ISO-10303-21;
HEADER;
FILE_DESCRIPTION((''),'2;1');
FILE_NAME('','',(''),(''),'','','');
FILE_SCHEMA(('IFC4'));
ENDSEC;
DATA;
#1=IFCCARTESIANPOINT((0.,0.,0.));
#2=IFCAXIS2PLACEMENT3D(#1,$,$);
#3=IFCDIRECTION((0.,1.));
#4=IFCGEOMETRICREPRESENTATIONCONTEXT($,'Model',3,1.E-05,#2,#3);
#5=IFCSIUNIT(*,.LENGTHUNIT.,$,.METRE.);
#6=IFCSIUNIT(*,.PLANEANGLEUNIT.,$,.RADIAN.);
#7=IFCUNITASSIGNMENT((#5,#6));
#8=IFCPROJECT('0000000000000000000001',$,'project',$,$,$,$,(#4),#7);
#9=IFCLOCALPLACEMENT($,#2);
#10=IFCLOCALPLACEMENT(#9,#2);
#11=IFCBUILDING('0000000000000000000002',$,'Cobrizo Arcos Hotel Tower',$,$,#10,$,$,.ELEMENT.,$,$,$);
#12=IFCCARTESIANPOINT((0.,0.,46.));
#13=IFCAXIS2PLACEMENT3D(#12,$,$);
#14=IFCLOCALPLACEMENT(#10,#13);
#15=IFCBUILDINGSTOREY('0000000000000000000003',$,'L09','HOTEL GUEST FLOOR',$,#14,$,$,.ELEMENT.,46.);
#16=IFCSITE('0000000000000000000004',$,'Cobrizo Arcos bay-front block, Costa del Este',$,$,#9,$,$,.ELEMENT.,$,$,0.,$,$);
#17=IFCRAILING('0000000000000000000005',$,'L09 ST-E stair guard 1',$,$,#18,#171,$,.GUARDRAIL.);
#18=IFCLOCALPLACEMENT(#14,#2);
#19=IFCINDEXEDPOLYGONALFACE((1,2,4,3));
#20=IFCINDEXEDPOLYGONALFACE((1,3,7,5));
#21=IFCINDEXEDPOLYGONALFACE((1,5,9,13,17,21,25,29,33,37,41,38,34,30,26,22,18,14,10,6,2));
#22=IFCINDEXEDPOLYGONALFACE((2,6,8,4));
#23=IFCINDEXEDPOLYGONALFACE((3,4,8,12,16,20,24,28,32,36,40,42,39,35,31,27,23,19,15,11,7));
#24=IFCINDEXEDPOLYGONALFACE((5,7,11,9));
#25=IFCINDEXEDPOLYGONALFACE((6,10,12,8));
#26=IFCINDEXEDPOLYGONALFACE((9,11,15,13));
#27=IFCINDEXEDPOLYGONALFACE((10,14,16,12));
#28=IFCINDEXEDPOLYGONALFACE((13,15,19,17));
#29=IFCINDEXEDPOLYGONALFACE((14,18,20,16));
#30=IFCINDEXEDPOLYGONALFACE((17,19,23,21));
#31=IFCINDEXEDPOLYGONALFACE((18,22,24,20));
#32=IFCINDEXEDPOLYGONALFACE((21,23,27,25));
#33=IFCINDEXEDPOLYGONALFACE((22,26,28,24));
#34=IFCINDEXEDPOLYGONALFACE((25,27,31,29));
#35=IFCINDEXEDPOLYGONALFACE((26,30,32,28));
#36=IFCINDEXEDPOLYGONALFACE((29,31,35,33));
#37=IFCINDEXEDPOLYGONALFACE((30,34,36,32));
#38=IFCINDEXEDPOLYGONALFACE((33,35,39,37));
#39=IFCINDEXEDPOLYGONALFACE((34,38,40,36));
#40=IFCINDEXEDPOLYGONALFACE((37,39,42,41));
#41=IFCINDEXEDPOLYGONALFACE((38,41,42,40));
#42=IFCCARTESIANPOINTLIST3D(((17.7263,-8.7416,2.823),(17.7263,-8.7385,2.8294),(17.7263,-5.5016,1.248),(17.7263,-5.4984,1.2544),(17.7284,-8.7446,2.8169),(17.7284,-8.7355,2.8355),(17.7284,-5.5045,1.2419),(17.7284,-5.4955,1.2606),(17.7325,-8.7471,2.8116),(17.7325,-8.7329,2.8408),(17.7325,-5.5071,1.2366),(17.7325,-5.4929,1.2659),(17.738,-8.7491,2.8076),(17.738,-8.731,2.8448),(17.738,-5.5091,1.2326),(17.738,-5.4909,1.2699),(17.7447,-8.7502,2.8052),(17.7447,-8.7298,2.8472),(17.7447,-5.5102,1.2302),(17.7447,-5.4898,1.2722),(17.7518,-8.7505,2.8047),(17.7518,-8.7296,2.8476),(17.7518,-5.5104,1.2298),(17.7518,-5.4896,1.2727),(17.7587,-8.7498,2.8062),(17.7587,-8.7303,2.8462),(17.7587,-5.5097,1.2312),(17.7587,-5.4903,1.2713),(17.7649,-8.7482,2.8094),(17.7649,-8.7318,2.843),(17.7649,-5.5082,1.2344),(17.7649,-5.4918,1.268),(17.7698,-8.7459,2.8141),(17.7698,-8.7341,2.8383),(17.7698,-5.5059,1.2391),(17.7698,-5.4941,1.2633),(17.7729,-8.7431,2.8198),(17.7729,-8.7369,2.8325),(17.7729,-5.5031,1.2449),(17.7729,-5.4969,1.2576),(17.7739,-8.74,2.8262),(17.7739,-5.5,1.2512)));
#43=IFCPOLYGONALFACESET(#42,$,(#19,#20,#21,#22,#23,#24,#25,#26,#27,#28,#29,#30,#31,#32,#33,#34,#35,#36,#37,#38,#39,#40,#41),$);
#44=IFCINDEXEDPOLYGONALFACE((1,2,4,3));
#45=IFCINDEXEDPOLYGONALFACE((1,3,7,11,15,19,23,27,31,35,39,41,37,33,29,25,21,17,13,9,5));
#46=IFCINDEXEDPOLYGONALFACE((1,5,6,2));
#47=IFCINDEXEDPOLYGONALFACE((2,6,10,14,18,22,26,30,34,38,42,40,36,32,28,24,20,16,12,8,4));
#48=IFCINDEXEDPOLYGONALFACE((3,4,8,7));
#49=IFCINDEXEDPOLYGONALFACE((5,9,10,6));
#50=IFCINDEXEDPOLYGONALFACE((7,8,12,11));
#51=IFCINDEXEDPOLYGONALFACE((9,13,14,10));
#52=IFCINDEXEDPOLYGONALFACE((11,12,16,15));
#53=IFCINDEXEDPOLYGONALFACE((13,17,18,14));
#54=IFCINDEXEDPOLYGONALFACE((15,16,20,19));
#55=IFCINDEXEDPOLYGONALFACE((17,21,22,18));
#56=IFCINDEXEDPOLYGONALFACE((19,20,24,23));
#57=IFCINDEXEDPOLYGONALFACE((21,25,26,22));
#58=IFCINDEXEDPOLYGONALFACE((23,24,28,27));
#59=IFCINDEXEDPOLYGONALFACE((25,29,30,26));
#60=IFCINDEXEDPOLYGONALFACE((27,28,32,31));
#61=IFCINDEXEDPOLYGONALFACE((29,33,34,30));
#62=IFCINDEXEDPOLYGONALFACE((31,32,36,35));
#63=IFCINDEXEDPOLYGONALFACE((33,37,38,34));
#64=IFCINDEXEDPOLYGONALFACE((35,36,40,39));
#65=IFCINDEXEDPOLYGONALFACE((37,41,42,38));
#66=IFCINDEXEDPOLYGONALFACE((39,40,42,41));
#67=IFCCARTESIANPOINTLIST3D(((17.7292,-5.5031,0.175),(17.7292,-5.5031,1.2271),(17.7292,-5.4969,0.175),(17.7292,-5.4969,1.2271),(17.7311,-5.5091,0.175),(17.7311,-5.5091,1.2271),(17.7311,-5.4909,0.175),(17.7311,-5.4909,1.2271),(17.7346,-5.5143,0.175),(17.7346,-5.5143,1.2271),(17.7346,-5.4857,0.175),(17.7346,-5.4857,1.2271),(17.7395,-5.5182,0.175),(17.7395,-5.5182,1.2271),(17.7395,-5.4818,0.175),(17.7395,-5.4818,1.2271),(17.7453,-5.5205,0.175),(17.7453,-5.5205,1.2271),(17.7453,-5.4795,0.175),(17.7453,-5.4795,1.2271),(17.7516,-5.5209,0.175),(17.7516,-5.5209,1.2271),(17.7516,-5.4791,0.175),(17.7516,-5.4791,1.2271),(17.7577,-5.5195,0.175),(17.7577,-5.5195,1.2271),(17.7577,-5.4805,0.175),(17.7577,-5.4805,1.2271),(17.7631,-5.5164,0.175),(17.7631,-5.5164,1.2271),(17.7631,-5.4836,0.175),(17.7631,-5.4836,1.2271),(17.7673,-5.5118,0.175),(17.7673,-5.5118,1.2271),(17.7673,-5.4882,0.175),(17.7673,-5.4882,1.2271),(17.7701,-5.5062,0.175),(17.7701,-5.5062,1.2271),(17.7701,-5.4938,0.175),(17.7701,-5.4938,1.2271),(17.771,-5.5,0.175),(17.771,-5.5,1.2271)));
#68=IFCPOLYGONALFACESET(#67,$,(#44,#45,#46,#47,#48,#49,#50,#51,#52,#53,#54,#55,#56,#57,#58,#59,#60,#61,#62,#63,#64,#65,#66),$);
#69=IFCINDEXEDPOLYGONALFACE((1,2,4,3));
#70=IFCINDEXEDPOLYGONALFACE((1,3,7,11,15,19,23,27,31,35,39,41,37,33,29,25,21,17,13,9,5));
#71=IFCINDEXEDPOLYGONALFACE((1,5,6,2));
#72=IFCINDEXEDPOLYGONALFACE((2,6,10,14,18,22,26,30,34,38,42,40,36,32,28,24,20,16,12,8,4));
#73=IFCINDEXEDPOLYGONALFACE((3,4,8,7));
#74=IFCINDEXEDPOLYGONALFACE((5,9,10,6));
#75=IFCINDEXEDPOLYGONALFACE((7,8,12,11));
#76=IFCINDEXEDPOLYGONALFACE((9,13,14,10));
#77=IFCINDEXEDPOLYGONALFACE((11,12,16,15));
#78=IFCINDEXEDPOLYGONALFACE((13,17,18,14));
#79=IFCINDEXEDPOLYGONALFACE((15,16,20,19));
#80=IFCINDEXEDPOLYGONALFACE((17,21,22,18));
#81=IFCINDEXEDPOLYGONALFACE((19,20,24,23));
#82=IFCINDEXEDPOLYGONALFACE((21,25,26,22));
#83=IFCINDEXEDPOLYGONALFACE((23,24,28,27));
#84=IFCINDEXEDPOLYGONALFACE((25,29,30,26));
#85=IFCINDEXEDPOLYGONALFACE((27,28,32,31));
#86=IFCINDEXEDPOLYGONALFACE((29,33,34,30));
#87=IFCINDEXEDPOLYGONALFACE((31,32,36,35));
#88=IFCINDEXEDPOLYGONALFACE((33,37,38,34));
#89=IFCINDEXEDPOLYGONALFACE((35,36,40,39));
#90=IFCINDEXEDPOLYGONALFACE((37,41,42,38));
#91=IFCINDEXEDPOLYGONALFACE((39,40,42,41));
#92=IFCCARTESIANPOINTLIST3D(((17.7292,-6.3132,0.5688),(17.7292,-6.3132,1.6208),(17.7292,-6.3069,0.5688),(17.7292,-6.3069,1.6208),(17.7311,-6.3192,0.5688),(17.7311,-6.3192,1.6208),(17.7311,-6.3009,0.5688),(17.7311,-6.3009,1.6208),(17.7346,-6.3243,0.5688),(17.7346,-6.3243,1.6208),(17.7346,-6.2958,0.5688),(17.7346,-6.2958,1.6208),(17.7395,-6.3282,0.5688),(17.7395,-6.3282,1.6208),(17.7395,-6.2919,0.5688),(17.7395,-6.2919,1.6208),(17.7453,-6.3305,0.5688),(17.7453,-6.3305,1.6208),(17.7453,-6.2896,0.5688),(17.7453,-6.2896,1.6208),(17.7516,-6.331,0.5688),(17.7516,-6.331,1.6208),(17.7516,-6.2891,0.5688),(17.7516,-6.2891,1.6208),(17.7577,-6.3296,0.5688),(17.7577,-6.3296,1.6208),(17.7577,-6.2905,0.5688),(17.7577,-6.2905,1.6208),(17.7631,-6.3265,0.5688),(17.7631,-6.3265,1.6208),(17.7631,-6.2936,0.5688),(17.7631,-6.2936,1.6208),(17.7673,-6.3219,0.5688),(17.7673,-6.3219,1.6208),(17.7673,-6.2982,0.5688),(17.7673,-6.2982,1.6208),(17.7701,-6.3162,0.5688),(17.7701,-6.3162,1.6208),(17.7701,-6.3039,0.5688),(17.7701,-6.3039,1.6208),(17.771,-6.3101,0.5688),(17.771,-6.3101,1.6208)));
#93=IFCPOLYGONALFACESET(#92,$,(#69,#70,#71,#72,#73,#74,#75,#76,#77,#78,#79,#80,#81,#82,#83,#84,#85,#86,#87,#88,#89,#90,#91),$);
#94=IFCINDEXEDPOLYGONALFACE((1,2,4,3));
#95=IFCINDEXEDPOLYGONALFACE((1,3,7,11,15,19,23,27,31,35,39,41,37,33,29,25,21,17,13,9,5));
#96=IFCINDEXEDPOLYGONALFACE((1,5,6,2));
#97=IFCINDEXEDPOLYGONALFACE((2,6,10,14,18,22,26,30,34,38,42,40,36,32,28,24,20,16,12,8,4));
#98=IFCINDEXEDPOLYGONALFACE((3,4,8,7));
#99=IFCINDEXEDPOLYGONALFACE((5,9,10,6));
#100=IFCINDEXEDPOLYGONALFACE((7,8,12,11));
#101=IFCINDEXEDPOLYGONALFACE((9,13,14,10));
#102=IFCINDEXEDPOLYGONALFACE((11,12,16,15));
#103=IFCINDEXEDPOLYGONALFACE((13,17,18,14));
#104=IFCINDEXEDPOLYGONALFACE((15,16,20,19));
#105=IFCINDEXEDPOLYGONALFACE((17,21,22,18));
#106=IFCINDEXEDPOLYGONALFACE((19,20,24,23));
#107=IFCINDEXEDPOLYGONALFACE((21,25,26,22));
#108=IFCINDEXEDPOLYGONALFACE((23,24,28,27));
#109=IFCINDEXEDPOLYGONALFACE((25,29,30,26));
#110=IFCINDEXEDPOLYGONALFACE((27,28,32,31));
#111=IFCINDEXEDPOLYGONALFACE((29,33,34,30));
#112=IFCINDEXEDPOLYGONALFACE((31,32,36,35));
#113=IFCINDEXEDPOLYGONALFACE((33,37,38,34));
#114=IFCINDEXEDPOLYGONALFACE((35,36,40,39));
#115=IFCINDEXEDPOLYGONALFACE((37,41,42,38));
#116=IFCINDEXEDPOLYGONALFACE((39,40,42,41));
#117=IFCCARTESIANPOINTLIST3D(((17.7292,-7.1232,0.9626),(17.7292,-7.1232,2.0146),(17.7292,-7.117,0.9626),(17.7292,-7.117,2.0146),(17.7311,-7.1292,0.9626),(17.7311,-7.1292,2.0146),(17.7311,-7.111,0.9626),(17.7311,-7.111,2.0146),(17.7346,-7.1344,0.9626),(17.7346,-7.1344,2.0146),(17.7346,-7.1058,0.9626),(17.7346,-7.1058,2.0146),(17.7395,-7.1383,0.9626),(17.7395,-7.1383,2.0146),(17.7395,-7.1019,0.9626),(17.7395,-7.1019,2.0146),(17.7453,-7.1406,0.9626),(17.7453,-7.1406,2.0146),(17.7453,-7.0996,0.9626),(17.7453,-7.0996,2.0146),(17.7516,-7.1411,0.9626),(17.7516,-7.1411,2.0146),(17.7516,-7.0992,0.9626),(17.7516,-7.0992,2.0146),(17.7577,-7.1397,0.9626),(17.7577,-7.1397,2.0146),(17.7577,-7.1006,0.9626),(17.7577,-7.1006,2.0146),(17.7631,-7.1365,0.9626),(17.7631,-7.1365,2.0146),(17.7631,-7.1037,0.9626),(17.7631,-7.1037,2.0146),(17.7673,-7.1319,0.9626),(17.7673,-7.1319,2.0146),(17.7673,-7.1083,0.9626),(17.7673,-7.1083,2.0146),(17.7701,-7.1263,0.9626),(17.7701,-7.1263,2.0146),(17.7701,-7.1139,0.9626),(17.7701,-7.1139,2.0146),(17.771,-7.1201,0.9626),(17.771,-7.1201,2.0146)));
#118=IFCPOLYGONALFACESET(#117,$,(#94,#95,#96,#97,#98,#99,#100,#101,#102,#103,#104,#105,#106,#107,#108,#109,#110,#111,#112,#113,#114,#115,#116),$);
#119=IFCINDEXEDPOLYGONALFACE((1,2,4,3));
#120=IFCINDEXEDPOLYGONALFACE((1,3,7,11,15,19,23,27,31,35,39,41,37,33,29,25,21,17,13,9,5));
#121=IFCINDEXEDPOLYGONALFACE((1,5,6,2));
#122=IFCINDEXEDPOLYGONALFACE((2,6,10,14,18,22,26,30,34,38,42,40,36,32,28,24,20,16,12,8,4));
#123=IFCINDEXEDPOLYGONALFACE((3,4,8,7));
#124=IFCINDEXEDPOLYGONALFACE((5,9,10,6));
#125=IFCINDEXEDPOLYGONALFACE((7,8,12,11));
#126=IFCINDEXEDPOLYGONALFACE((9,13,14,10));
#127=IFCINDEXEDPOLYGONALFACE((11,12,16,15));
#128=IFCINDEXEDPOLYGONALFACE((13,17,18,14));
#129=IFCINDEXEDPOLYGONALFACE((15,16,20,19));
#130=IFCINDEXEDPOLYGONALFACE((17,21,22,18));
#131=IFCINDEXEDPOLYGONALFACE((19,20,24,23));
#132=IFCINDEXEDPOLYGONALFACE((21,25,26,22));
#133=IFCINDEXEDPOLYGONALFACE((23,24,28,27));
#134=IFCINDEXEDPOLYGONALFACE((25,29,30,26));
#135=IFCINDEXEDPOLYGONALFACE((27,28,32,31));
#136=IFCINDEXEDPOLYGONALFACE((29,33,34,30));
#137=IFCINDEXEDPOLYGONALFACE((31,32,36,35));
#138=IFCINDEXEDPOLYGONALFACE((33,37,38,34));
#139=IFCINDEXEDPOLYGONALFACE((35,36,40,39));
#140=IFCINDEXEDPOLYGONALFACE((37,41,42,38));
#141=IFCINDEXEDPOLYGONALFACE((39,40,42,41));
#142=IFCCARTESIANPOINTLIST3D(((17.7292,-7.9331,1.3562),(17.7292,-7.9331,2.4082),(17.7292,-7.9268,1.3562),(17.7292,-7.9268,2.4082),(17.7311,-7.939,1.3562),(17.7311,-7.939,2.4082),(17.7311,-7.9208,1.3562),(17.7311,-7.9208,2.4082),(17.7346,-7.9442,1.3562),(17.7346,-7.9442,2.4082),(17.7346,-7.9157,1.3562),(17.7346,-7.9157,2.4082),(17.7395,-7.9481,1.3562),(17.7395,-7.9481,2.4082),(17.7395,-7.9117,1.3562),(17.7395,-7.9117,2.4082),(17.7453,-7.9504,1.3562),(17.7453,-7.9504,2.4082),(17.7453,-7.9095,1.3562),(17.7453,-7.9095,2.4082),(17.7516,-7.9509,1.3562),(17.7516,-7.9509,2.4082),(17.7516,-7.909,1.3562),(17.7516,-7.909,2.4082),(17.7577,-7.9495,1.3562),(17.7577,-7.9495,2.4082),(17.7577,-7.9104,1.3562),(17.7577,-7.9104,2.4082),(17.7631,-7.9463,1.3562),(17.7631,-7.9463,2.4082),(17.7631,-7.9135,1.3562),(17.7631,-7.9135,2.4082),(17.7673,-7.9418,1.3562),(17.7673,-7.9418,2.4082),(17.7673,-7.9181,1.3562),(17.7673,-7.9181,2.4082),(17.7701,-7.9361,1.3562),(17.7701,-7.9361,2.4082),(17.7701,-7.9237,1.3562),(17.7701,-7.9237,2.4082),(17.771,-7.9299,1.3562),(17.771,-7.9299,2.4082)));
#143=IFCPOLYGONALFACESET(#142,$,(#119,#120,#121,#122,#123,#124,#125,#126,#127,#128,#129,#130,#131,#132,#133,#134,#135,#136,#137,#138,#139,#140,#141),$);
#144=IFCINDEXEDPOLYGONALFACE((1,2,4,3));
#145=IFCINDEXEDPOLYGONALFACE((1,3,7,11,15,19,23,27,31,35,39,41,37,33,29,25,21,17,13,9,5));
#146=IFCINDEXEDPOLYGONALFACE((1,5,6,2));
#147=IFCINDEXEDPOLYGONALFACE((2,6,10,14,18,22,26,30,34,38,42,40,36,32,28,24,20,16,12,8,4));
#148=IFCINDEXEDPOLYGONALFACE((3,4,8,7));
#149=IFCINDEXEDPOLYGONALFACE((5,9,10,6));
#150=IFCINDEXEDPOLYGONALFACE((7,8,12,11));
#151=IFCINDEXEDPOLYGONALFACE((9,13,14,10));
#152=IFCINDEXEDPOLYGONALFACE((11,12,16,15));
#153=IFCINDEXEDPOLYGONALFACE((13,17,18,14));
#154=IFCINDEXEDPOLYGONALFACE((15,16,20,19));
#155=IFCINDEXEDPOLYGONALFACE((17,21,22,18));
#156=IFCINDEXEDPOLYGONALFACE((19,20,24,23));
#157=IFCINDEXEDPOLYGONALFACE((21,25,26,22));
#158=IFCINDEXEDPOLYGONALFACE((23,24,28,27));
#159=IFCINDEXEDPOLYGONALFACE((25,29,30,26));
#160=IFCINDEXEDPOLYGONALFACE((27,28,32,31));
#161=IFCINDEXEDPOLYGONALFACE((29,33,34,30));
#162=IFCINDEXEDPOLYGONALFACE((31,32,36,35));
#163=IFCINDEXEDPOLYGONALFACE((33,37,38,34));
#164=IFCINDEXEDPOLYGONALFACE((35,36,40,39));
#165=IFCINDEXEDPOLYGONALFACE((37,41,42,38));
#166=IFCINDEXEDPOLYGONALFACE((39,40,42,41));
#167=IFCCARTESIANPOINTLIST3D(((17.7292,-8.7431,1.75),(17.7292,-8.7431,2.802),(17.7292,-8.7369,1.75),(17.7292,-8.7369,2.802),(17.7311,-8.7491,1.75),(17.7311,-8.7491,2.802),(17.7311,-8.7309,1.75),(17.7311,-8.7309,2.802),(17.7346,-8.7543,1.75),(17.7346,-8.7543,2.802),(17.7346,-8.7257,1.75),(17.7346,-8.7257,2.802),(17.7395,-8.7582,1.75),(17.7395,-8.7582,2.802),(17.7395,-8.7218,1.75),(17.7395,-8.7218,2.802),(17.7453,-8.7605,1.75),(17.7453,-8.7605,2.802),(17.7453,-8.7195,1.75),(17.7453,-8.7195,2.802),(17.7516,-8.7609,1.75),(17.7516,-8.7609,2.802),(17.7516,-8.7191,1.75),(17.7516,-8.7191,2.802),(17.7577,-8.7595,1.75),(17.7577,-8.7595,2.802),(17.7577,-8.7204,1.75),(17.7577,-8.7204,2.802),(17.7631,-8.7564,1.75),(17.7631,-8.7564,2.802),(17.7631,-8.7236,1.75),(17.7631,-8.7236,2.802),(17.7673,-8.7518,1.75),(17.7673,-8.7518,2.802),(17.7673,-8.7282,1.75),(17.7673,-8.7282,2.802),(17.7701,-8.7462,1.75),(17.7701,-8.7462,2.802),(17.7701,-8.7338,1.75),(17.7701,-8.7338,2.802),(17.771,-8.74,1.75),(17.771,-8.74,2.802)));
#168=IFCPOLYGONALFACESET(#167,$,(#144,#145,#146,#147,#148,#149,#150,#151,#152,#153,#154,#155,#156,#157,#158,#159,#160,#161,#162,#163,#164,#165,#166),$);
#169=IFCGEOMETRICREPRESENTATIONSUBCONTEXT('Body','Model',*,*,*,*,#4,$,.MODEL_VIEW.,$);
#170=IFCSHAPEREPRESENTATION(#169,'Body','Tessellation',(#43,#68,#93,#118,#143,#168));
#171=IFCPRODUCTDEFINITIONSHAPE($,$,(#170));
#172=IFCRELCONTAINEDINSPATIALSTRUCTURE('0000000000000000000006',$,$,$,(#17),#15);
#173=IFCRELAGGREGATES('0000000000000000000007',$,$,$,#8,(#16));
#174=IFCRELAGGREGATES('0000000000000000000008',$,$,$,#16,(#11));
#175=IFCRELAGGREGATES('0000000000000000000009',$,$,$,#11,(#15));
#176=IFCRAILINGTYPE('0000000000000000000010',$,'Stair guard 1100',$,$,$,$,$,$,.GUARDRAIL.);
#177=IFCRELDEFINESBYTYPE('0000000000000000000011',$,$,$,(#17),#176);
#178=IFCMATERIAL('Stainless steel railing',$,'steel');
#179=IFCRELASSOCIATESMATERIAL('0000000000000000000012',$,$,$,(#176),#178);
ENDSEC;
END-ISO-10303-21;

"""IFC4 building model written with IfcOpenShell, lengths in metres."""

from ifc_helpers import new_model, si_unit, direction, frame, origin, origin_2d, place, context, subcontext, project, spatial, circle, extrude, material, type_object, element, save


model = new_model("IFC4")

# Units and contexts
model_context = context("Model", 3, precision=1e-05, world=origin(), true_north=direction((0.0, 1.0)))
body_context = subcontext(model_context, "Body", "Model", "MODEL_VIEW")
ifc_project = project(units=[si_unit("LENGTHUNIT", "METRE"), si_unit("PLANEANGLEUNIT", "RADIAN")], contexts=[model_context])

# Site, building, storey
site_placement = place(None, origin())
site = spatial("IfcSite", under=ifc_project, at=site_placement, Name="Cobrizo Arcos bay-front block, Costa del Este", CompositionType="ELEMENT", RefElevation=0.0)
building_placement = place(site_placement, origin())
building = spatial("IfcBuilding", under=site, at=building_placement, Name="Cobrizo Arcos Hotel Tower", CompositionType="ELEMENT")
storey_placement = place(building_placement, frame((0.0, 0.0, 46.0)))
storey = spatial("IfcBuildingStorey", under=building, at=storey_placement, Name="L09", Description="HOTEL GUEST FLOOR", CompositionType="ELEMENT", Elevation=46.0)

# Railing
ifc_material_1 = material(Name="Stainless steel railing", Category="steel")
railing_type_1 = type_object("IfcRailingType", Name="Stair guard 1100", PredefinedType="GUARDRAIL", material=ifc_material_1)
railing_1_placement = place(storey_placement, frame((17.75, -5.5, 0.175)))
element("IfcRailing", 1, at=railing_1_placement, inside=storey, type_object=railing_type_1, Name="L09 ST-E stair guard 1", PredefinedType="GUARDRAIL", context=body_context, shape_type="SweptSolid", body=[
    extrude(circle(Radius=0.0239, at=origin_2d()), frame((0.0, 0.0, 1.0762), z_axis=(0.0, -0.899373, 0.437183), x_axis=(1.0, 0.0, 0.0)), (0.0, 0.0, 1.0), 3.6025),
    extrude(circle(Radius=0.021, at=origin_2d()), origin(), (0.0, 0.0, 1.0), 1.052),
    extrude(circle(Radius=0.021, at=origin_2d()), frame((0.0, -0.8101, 0.3938)), (0.0, 0.0, 1.0), 1.052),
    extrude(circle(Radius=0.021, at=origin_2d()), frame((0.0, -1.6201, 0.7876)), (0.0, 0.0, 1.0), 1.052),
    extrude(circle(Radius=0.021, at=origin_2d()), frame((0.0, -2.4299, 1.1812)), (0.0, 0.0, 1.0), 1.052),
    extrude(circle(Radius=0.021, at=origin_2d()), frame((0.0, -3.24, 1.575)), (0.0, 0.0, 1.0), 1.052),
])

save(model, "model.ifc")
